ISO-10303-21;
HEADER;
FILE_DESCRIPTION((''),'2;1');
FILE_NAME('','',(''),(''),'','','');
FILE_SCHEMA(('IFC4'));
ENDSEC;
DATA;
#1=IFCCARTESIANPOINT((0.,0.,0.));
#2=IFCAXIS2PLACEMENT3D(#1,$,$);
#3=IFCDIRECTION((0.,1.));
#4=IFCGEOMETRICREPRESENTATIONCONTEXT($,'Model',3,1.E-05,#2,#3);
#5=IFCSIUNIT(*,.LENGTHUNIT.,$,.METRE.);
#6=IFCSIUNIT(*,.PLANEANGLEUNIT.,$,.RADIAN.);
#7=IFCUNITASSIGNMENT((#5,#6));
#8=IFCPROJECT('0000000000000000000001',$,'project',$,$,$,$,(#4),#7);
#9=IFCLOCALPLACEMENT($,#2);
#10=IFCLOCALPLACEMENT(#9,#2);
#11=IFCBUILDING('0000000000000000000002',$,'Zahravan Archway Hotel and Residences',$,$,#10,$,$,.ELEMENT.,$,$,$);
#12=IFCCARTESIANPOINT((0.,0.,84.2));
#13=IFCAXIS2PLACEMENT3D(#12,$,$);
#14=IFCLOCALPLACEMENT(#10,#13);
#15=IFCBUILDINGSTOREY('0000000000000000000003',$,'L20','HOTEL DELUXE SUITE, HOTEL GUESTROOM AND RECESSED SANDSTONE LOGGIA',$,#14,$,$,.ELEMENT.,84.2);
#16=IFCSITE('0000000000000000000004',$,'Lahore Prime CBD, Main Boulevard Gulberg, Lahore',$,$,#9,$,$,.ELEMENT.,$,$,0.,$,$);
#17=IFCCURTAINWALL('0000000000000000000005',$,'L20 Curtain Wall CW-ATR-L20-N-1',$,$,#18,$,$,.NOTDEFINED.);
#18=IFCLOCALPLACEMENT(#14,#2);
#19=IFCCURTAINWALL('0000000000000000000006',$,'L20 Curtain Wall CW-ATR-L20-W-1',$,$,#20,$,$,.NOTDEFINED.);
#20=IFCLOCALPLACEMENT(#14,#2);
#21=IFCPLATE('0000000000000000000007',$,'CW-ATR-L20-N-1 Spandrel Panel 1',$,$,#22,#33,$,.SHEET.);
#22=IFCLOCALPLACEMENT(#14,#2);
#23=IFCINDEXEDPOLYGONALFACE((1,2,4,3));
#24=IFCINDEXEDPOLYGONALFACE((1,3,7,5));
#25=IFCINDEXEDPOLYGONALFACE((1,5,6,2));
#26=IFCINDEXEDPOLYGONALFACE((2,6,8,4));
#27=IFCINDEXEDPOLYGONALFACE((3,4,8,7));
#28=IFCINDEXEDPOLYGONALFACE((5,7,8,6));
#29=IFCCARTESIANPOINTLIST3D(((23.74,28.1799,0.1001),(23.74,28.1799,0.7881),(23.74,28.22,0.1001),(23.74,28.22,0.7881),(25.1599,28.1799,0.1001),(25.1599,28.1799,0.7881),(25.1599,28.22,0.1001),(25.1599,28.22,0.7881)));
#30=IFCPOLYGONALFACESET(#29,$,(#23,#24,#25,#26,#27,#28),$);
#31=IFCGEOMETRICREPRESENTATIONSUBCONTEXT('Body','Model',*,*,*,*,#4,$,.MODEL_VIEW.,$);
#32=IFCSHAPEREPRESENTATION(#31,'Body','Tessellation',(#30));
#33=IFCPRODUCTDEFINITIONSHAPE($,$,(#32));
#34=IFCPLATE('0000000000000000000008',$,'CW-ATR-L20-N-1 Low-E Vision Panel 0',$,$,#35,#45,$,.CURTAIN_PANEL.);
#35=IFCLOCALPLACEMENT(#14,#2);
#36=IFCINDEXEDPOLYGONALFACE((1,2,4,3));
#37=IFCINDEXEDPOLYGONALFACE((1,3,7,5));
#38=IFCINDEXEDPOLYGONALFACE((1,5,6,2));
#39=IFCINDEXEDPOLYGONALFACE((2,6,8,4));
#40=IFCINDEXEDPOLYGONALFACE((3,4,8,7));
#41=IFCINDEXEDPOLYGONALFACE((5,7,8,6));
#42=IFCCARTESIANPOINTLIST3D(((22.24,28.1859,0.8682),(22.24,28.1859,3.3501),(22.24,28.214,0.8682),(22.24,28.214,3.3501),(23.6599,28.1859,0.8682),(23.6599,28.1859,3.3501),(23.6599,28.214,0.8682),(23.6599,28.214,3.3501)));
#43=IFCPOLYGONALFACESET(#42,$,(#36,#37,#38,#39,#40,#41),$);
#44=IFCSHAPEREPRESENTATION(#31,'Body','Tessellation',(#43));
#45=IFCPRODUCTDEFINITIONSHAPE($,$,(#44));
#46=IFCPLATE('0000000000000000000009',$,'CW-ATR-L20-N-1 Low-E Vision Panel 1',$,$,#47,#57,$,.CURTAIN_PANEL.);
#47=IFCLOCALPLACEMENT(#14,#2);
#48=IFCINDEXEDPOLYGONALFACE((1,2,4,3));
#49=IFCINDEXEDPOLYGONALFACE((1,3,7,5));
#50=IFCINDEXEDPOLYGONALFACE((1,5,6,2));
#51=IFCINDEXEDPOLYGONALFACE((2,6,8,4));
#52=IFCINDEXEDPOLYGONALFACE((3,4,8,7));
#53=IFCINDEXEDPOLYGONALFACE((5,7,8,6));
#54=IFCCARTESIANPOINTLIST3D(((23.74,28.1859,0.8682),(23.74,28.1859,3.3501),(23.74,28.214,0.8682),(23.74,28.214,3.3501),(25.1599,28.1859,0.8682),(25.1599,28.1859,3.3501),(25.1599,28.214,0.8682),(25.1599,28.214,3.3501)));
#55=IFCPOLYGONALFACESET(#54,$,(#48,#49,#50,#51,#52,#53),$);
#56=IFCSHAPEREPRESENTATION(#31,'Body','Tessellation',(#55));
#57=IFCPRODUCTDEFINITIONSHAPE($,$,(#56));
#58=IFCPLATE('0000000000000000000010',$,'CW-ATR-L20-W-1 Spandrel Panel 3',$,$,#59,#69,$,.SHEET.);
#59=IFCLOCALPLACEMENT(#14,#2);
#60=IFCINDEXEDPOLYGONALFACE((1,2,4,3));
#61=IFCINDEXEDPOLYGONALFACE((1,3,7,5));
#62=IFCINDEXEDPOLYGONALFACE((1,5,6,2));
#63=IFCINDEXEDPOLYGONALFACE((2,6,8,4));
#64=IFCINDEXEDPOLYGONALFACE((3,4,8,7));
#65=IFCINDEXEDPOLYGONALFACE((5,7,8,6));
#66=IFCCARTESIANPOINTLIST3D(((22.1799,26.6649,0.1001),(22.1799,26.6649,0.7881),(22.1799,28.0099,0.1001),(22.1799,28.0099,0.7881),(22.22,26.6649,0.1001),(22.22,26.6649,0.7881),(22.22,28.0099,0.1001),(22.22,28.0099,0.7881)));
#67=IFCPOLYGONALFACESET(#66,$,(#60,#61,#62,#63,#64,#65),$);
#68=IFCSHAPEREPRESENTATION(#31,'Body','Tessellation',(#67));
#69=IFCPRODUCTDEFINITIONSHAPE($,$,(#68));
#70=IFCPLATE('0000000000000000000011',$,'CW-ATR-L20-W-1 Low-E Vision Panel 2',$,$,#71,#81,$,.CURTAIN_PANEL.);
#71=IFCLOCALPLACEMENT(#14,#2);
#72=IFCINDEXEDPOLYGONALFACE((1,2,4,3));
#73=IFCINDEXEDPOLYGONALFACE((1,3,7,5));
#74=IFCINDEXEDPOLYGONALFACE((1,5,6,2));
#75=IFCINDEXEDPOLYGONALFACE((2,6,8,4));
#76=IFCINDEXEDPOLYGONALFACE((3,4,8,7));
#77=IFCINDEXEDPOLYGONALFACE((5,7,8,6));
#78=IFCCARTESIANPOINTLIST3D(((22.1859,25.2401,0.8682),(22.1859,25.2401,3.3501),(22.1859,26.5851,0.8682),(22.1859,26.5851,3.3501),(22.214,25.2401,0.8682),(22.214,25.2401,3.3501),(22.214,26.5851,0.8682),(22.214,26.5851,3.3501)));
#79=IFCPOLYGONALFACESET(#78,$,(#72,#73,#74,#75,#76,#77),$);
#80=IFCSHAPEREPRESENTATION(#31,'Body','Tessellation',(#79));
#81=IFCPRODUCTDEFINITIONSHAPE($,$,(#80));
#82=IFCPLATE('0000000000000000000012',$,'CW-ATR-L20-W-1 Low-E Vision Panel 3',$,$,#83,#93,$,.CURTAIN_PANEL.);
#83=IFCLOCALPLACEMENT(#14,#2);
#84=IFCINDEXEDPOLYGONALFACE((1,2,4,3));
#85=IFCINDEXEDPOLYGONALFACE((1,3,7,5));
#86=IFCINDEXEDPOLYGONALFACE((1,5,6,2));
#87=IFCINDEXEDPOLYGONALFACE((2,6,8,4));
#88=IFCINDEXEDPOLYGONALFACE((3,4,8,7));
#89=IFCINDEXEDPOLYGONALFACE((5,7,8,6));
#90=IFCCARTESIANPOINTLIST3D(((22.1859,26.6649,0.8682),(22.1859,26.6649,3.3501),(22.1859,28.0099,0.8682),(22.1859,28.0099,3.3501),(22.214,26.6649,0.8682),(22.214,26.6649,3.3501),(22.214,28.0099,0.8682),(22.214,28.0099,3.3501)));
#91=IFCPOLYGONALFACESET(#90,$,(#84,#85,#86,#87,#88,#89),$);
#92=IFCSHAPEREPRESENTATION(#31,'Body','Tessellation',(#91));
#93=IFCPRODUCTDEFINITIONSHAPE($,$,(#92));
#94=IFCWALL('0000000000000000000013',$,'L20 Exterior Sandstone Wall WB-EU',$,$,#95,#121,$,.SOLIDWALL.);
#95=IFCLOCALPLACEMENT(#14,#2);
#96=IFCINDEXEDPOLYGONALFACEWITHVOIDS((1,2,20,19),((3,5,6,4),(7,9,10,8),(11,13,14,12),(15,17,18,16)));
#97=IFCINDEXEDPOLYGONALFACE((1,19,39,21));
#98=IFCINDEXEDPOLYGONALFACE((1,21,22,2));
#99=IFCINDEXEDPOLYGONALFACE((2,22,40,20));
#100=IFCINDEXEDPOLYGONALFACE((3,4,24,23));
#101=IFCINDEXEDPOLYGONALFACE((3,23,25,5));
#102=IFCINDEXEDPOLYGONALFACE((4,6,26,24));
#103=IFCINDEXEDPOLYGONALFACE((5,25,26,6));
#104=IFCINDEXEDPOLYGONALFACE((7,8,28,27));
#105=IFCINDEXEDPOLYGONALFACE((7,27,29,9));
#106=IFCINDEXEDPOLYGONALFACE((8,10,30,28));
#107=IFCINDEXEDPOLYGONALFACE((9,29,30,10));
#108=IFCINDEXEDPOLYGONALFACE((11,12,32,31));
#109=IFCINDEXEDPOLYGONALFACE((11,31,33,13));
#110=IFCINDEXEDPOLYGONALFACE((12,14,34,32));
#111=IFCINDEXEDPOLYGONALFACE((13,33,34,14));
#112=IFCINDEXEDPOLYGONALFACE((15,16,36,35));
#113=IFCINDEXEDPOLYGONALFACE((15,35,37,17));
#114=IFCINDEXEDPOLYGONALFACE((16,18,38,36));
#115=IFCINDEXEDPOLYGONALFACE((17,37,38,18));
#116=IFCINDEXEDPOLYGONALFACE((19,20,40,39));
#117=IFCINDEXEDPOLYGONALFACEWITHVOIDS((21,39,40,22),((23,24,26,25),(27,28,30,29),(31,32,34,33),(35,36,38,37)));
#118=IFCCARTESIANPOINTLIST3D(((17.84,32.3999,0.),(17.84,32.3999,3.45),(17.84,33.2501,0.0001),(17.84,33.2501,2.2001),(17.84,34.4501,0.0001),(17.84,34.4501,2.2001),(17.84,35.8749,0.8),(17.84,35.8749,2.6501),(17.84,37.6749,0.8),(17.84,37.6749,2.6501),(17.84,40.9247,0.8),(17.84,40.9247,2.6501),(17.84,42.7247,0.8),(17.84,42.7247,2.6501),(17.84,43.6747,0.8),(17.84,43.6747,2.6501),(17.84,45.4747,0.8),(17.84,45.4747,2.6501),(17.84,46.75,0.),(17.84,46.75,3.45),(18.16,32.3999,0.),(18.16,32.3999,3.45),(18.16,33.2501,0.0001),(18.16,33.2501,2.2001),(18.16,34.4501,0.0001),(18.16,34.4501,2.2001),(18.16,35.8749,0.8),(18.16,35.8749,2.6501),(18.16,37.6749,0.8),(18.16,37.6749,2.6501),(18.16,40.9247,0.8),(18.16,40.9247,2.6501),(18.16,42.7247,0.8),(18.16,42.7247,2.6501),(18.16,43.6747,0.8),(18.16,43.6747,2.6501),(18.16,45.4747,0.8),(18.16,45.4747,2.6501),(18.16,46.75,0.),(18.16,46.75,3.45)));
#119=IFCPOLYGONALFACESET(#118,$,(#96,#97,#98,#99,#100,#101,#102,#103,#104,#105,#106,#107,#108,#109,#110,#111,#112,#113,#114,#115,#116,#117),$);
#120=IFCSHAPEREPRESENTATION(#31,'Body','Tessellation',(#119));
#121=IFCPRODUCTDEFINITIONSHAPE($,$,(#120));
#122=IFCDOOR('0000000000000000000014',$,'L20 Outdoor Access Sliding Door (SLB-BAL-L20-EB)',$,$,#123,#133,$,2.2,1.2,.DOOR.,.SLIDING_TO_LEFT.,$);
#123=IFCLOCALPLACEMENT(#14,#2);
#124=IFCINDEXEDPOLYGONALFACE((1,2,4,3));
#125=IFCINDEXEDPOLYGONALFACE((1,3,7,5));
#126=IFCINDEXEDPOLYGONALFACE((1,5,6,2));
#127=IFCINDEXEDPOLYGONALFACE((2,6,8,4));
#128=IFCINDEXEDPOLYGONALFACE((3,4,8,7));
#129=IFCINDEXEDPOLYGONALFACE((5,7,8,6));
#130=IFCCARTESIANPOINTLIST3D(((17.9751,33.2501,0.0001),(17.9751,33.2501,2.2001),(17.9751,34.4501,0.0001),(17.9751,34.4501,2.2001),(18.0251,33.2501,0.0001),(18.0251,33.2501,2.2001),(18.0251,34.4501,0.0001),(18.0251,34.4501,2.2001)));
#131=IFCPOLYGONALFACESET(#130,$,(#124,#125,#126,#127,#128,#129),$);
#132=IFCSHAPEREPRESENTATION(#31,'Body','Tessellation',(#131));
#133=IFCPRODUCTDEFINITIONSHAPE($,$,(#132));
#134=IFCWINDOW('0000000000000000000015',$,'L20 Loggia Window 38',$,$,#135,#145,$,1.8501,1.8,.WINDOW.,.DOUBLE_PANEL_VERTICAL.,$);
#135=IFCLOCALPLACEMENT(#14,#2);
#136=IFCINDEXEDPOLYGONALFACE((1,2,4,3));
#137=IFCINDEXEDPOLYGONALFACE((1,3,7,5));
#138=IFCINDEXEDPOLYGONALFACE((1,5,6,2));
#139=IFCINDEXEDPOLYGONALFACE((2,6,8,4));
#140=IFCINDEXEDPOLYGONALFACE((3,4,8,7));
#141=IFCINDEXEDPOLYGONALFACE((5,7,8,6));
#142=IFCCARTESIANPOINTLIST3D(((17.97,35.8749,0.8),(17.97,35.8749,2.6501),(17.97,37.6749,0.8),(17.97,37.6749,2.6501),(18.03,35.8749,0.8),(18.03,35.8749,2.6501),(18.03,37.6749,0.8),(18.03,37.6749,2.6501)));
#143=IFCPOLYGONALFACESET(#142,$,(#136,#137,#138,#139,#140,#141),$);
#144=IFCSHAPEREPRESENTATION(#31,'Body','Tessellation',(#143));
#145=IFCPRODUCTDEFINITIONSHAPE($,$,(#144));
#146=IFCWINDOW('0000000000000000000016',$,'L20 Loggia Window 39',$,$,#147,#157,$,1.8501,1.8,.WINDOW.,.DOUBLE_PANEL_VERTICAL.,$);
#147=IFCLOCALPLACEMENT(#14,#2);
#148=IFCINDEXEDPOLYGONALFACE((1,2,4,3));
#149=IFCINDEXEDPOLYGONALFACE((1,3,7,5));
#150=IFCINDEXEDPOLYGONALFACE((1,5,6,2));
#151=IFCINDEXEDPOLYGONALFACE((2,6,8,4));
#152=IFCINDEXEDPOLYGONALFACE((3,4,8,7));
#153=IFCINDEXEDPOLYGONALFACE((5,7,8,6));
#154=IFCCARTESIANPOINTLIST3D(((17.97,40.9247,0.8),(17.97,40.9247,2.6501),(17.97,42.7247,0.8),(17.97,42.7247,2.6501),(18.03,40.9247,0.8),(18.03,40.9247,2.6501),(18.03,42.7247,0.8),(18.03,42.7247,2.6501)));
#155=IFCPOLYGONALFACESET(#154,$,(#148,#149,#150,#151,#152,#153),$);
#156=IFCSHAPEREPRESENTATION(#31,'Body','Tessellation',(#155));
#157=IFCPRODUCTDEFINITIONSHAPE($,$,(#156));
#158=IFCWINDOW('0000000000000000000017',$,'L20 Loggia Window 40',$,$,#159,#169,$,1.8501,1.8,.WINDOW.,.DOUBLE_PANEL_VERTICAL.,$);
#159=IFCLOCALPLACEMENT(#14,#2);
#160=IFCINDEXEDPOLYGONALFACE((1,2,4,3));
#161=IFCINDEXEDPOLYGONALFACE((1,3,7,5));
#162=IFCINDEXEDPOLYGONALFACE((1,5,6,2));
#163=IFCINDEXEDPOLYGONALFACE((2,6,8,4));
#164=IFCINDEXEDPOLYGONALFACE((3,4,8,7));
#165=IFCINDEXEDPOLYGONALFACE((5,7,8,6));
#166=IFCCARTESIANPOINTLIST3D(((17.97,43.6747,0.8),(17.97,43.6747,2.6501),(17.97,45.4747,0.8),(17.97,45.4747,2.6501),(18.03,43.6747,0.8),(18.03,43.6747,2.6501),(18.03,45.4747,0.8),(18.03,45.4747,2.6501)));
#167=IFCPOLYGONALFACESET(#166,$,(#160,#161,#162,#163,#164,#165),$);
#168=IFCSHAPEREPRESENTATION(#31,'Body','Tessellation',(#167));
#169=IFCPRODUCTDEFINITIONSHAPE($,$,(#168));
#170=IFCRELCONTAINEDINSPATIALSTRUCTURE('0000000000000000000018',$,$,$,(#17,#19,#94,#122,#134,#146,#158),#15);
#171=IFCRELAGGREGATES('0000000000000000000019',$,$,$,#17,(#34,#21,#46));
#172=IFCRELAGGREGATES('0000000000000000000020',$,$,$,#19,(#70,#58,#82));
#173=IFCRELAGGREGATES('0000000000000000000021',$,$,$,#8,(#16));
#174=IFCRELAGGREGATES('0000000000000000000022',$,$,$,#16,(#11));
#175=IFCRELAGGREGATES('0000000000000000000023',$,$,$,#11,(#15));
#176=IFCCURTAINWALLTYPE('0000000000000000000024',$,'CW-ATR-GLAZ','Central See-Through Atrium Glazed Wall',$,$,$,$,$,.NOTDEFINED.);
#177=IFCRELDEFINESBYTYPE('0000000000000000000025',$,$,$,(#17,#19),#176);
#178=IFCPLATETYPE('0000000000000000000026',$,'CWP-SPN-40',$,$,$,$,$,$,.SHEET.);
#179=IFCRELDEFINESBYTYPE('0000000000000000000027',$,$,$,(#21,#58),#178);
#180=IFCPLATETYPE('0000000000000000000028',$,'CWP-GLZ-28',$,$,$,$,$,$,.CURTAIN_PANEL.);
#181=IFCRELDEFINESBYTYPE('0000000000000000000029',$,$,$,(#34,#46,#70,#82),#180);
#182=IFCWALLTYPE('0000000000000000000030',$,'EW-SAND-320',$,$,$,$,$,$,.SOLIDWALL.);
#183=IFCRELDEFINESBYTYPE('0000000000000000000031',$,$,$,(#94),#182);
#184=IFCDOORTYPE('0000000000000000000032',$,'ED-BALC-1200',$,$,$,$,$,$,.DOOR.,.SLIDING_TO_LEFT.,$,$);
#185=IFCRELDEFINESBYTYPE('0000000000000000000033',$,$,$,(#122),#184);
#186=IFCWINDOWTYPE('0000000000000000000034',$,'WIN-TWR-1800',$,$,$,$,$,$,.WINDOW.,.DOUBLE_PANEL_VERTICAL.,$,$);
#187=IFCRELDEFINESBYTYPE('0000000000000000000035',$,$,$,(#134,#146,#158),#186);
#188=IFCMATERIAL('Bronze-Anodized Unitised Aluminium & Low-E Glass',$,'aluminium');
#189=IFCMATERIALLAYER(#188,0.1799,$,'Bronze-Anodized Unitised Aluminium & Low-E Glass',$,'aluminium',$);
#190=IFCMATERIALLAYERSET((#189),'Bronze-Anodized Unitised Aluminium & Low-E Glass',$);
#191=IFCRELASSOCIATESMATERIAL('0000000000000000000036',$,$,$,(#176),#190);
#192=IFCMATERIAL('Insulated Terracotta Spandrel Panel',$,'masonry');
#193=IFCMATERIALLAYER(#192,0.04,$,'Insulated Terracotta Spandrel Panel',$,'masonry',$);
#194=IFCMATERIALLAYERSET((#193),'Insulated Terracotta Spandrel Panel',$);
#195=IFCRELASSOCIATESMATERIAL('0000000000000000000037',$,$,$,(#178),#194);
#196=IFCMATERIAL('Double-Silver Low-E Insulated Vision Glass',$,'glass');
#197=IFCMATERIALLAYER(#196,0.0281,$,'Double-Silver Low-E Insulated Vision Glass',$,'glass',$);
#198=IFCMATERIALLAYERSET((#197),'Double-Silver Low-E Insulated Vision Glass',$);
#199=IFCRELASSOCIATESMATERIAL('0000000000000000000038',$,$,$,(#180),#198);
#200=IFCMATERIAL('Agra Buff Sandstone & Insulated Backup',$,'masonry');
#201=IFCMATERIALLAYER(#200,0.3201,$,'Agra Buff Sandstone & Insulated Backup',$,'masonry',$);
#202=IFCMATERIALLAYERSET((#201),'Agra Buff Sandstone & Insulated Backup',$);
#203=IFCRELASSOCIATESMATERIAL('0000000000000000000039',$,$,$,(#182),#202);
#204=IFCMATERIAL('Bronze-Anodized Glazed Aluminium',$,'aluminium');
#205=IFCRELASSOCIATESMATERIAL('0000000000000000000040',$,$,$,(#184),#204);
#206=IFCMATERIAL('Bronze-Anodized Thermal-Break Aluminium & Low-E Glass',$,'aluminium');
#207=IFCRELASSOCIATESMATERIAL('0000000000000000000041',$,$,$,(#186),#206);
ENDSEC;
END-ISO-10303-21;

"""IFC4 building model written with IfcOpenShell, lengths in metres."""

from ifc_helpers import new_model, si_unit, direction, frame, frame_2d, origin, origin_2d, place, context, subcontext, project, spatial, rectangle, extrude, source, transform, mapped, material, layer, layer_set, type_object, type_shapes, element, fill, aggregate, save


model = new_model("IFC4")

# Units and contexts
model_context = context("Model", 3, precision=1e-05, world=origin(), true_north=direction((0.0, 1.0)))
body_context = subcontext(model_context, "Body", "Model", "MODEL_VIEW")
ifc_project = project(units=[si_unit("LENGTHUNIT", "METRE"), si_unit("PLANEANGLEUNIT", "RADIAN")], contexts=[model_context])

# Site, building, storey
site_placement = place(None, origin())
site = spatial("IfcSite", under=ifc_project, at=site_placement, Name="Lahore Prime CBD, Main Boulevard Gulberg, Lahore", CompositionType="ELEMENT", RefElevation=0.0)
building_placement = place(site_placement, origin())
building = spatial("IfcBuilding", under=site, at=building_placement, Name="Zahravan Archway Hotel and Residences", CompositionType="ELEMENT")
storey_placement = place(building_placement, frame((0.0, 0.0, 84.2)))
storey = spatial("IfcBuildingStorey", under=building, at=storey_placement, Name="L20", Description="HOTEL DELUXE SUITE, HOTEL GUESTROOM AND RECESSED SANDSTONE LOGGIA", CompositionType="ELEMENT", Elevation=84.2)

# Curtain walls
ifc_material_1 = material(Name="Bronze-Anodized Unitised Aluminium & Low-E Glass", Category="aluminium")
ifc_layer_1 = layer(ifc_material_1, 0.1799, Name="Bronze-Anodized Unitised Aluminium & Low-E Glass", Category="aluminium")
ifc_layer_set_1 = layer_set([ifc_layer_1], Name="Bronze-Anodized Unitised Aluminium & Low-E Glass")
curtain_wall_type_1 = type_object("IfcCurtainWallType", Name="CW-ATR-GLAZ", Description="Central See-Through Atrium Glazed Wall", PredefinedType="NOTDEFINED", material=ifc_layer_set_1)
curtain_wall_1_placement = place(storey_placement, origin())
curtain_wall_1 = element("IfcCurtainWall", 1, at=curtain_wall_1_placement, inside=storey, type_object=curtain_wall_type_1, Name="L20 Curtain Wall CW-ATR-L20-N-1", PredefinedType="NOTDEFINED")
curtain_wall_2_placement = place(storey_placement, origin())
curtain_wall_2 = element("IfcCurtainWall", 2, at=curtain_wall_2_placement, inside=storey, type_object=curtain_wall_type_1, Name="L20 Curtain Wall CW-ATR-L20-W-1", PredefinedType="NOTDEFINED")

# Plates
ifc_material_2 = material(Name="Insulated Terracotta Spandrel Panel", Category="masonry")
ifc_layer_2 = layer(ifc_material_2, 0.04, Name="Insulated Terracotta Spandrel Panel", Category="masonry")
ifc_layer_set_2 = layer_set([ifc_layer_2], Name="Insulated Terracotta Spandrel Panel")
plate_type_1 = type_object("IfcPlateType", Name="CWP-SPN-40", PredefinedType="SHEET", material=ifc_layer_set_2)
shared_shape_1 = source(origin(), body_context, "Body", "SweptSolid", [
    extrude(rectangle(XDim=1.4199, YDim=0.04, at=origin_2d()), origin(), (0.0, 0.0, 1.0), 0.688),
])
plate_1_placement = place(storey_placement, frame((24.45, 28.2, 0.1001), z_axis=(0.0, 0.0, 1.0), x_axis=(1.0, 0.0, 0.0)))
plate_1 = element("IfcPlate", 3, at=plate_1_placement, type_object=plate_type_1, Name="CW-ATR-L20-N-1 Spandrel Panel 1", PredefinedType="SHEET", context=body_context, shape_type="MappedRepresentation", body=[
    mapped(shared_shape_1, transform((0.0, 0.0, 0.0), scale=1.0)),
])
ifc_material_3 = material(Name="Double-Silver Low-E Insulated Vision Glass", Category="glass")
ifc_layer_3 = layer(ifc_material_3, 0.0281, Name="Double-Silver Low-E Insulated Vision Glass", Category="glass")
ifc_layer_set_3 = layer_set([ifc_layer_3], Name="Double-Silver Low-E Insulated Vision Glass")
plate_type_2 = type_object("IfcPlateType", Name="CWP-GLZ-28", PredefinedType="CURTAIN_PANEL", material=ifc_layer_set_3)
shared_shape_2 = source(origin(), body_context, "Body", "SweptSolid", [
    extrude(rectangle(XDim=1.4199, YDim=0.0281, at=origin_2d()), origin(), (0.0, 0.0, 1.0), 2.4819),
])
plate_2_placement = place(storey_placement, frame((22.95, 28.2, 0.8682), z_axis=(0.0, 0.0, 1.0), x_axis=(1.0, 0.0, 0.0)))
plate_2 = element("IfcPlate", 4, at=plate_2_placement, type_object=plate_type_2, Name="CW-ATR-L20-N-1 Low-E Vision Panel 0", PredefinedType="CURTAIN_PANEL", context=body_context, shape_type="MappedRepresentation", body=[
    mapped(shared_shape_2, transform((0.0, 0.0, 0.0), scale=1.0)),
])
plate_3_placement = place(storey_placement, frame((24.45, 28.2, 0.8682), z_axis=(0.0, 0.0, 1.0), x_axis=(1.0, 0.0, 0.0)))
plate_3 = element("IfcPlate", 5, at=plate_3_placement, type_object=plate_type_2, Name="CW-ATR-L20-N-1 Low-E Vision Panel 1", PredefinedType="CURTAIN_PANEL", context=body_context, shape_type="MappedRepresentation", body=[
    mapped(shared_shape_2, transform((0.0, 0.0, 0.0), scale=1.0)),
])
aggregate(curtain_wall_1, [plate_2, plate_1, plate_3])
shared_shape_3 = source(origin(), body_context, "Body", "SweptSolid", [
    extrude(rectangle(XDim=1.345, YDim=0.04, at=origin_2d()), origin(), (0.0, 0.0, 1.0), 0.688),
])
plate_4_placement = place(storey_placement, frame((22.2, 27.3374, 0.1001), z_axis=(0.0, 0.0, 1.0), x_axis=(0.0, 1.0, 0.0)))
plate_4 = element("IfcPlate", 6, at=plate_4_placement, type_object=plate_type_1, Name="CW-ATR-L20-W-1 Spandrel Panel 3", PredefinedType="SHEET", context=body_context, shape_type="MappedRepresentation", body=[
    mapped(shared_shape_3, transform((0.0, 0.0, 0.0), scale=1.0)),
])
shared_shape_4 = source(origin(), body_context, "Body", "SweptSolid", [
    extrude(rectangle(XDim=1.345, YDim=0.0281, at=origin_2d()), origin(), (0.0, 0.0, 1.0), 2.4819),
])
plate_5_placement = place(storey_placement, frame((22.2, 25.9126, 0.8682), z_axis=(0.0, 0.0, 1.0), x_axis=(0.0, 1.0, 0.0)))
plate_5 = element("IfcPlate", 7, at=plate_5_placement, type_object=plate_type_2, Name="CW-ATR-L20-W-1 Low-E Vision Panel 2", PredefinedType="CURTAIN_PANEL", context=body_context, shape_type="MappedRepresentation", body=[
    mapped(shared_shape_4, transform((0.0, 0.0, 0.0), scale=1.0)),
])
plate_6_placement = place(storey_placement, frame((22.2, 27.3374, 0.8682), z_axis=(0.0, 0.0, 1.0), x_axis=(0.0, 1.0, 0.0)))
plate_6 = element("IfcPlate", 8, at=plate_6_placement, type_object=plate_type_2, Name="CW-ATR-L20-W-1 Low-E Vision Panel 3", PredefinedType="CURTAIN_PANEL", context=body_context, shape_type="MappedRepresentation", body=[
    mapped(shared_shape_4, transform((0.0, 0.0, 0.0), scale=1.0)),
])
aggregate(curtain_wall_2, [plate_5, plate_4, plate_6])

# Wall, openings, door, windows
ifc_material_4 = material(Name="Agra Buff Sandstone & Insulated Backup", Category="masonry")
ifc_layer_4 = layer(ifc_material_4, 0.3201, Name="Agra Buff Sandstone & Insulated Backup", Category="masonry")
ifc_layer_set_4 = layer_set([ifc_layer_4], Name="Agra Buff Sandstone & Insulated Backup")
wall_type_1 = type_object("IfcWallType", Name="EW-SAND-320", PredefinedType="SOLIDWALL", material=ifc_layer_set_4)
wall_1_placement = place(storey_placement, frame((18.0, 32.3999, 0.0), z_axis=(0.0, 0.0, 1.0), x_axis=(0.0, 1.0, 0.0)))
wall_1 = element("IfcWall", 9, at=wall_1_placement, inside=storey, type_object=wall_type_1, Name="L20 Exterior Sandstone Wall WB-EU", PredefinedType="SOLIDWALL", context=body_context, shape_type="SweptSolid", body=[
    extrude(rectangle(XDim=14.3501, YDim=0.3201, at=frame_2d((7.175, 0.0))), origin(), (0.0, 0.0, 1.0), 3.45),
])
opening_1_placement = place(wall_1_placement, frame((0.8501, 0.0, 0.0)))
opening_1 = element("IfcOpeningElement", 10, at=opening_1_placement, cuts=wall_1, PredefinedType="OPENING", context=body_context, shape_type="SweptSolid", body=[
    extrude(rectangle(XDim=1.2, YDim=2.2, at=frame_2d((0.6001, 1.1001))), frame((0.0, 0.1699, 0.0), z_axis=(0.0, -1.0, 0.0), x_axis=(1.0, 0.0, 0.0)), (0.0, 0.0, 1.0), 0.3401),
])
opening_2_placement = place(wall_1_placement, frame((3.4751, 0.0, 0.8)))
opening_2 = element("IfcOpeningElement", 11, at=opening_2_placement, cuts=wall_1, PredefinedType="OPENING", context=body_context, shape_type="SweptSolid", body=[
    extrude(rectangle(XDim=1.8, YDim=1.8501, at=frame_2d((0.8999, 0.925))), frame((0.0, 0.1699, 0.0), z_axis=(0.0, -1.0, 0.0), x_axis=(1.0, 0.0, 0.0)), (0.0, 0.0, 1.0), 0.3401),
])
opening_3_placement = place(wall_1_placement, frame((8.5249, 0.0, 0.8)))
opening_3 = element("IfcOpeningElement", 12, at=opening_3_placement, cuts=wall_1, PredefinedType="OPENING", context=body_context, shape_type="SweptSolid", body=[
    extrude(rectangle(XDim=1.8, YDim=1.8501, at=frame_2d((0.8999, 0.925))), frame((0.0, 0.1699, 0.0), z_axis=(0.0, -1.0, 0.0), x_axis=(1.0, 0.0, 0.0)), (0.0, 0.0, 1.0), 0.3401),
])
opening_4_placement = place(wall_1_placement, frame((11.2749, 0.0, 0.8)))
opening_4 = element("IfcOpeningElement", 13, at=opening_4_placement, cuts=wall_1, PredefinedType="OPENING", context=body_context, shape_type="SweptSolid", body=[
    extrude(rectangle(XDim=1.8, YDim=1.8501, at=frame_2d((0.8999, 0.925))), frame((0.0, 0.1699, 0.0), z_axis=(0.0, -1.0, 0.0), x_axis=(1.0, 0.0, 0.0)), (0.0, 0.0, 1.0), 0.3401),
])
ifc_material_5 = material(Name="Bronze-Anodized Glazed Aluminium", Category="aluminium")
door_type = type_object("IfcDoorType", Name="ED-BALC-1200", OperationType="SLIDING_TO_LEFT", PredefinedType="DOOR", material=ifc_material_5)
shared_shape_5 = source(origin(), body_context, "Body", "SweptSolid", [
    extrude(rectangle(XDim=1.2, YDim=2.2, at=frame_2d((0.6001, 1.1001))), frame((0.0, 0.0249, 0.0), z_axis=(0.0, -1.0, 0.0), x_axis=(1.0, 0.0, 0.0)), (0.0, 0.0, 1.0), 0.05),
])
type_shapes(door_type, [shared_shape_5])
door_placement = place(opening_1_placement, origin())
door = element("IfcDoor", 14, at=door_placement, inside=storey, type_object=door_type, Name="L20 Outdoor Access Sliding Door (SLB-BAL-L20-EB)", OperationType="SLIDING_TO_LEFT", OverallHeight=2.2, OverallWidth=1.2, PredefinedType="DOOR", context=body_context, shape_type="MappedRepresentation", body=[
    mapped(shared_shape_5, transform((0.0, 0.0, 0.0), scale=1.0)),
])
fill(opening_1, door)
ifc_material_6 = material(Name="Bronze-Anodized Thermal-Break Aluminium & Low-E Glass", Category="aluminium")
window_type = type_object("IfcWindowType", Name="WIN-TWR-1800", PartitioningType="DOUBLE_PANEL_VERTICAL", PredefinedType="WINDOW", material=ifc_material_6)
shared_shape_6 = source(origin(), body_context, "Body", "SweptSolid", [
    extrude(rectangle(XDim=1.8, YDim=1.8501, at=frame_2d((0.8999, 0.925))), frame((0.0, 0.03, 0.0), z_axis=(0.0, -1.0, 0.0), x_axis=(1.0, 0.0, 0.0)), (0.0, 0.0, 1.0), 0.0601),
])
type_shapes(window_type, [shared_shape_6])
window_1_placement = place(opening_2_placement, origin())
window_1 = element("IfcWindow", 15, at=window_1_placement, inside=storey, type_object=window_type, Name="L20 Loggia Window 38", OverallHeight=1.8501, OverallWidth=1.8, PartitioningType="DOUBLE_PANEL_VERTICAL", PredefinedType="WINDOW", context=body_context, shape_type="MappedRepresentation", body=[
    mapped(shared_shape_6, transform((0.0, 0.0, 0.0), scale=1.0)),
])
fill(opening_2, window_1)
window_2_placement = place(opening_3_placement, origin())
window_2 = element("IfcWindow", 16, at=window_2_placement, inside=storey, type_object=window_type, Name="L20 Loggia Window 39", OverallHeight=1.8501, OverallWidth=1.8, PartitioningType="DOUBLE_PANEL_VERTICAL", PredefinedType="WINDOW", context=body_context, shape_type="MappedRepresentation", body=[
    mapped(shared_shape_6, transform((0.0, 0.0, 0.0), scale=1.0)),
])
fill(opening_3, window_2)
window_3_placement = place(opening_4_placement, origin())
window_3 = element("IfcWindow", 17, at=window_3_placement, inside=storey, type_object=window_type, Name="L20 Loggia Window 40", OverallHeight=1.8501, OverallWidth=1.8, PartitioningType="DOUBLE_PANEL_VERTICAL", PredefinedType="WINDOW", context=body_context, shape_type="MappedRepresentation", body=[
    mapped(shared_shape_6, transform((0.0, 0.0, 0.0), scale=1.0)),
])
fill(opening_4, window_3)

save(model, "model.ifc")
